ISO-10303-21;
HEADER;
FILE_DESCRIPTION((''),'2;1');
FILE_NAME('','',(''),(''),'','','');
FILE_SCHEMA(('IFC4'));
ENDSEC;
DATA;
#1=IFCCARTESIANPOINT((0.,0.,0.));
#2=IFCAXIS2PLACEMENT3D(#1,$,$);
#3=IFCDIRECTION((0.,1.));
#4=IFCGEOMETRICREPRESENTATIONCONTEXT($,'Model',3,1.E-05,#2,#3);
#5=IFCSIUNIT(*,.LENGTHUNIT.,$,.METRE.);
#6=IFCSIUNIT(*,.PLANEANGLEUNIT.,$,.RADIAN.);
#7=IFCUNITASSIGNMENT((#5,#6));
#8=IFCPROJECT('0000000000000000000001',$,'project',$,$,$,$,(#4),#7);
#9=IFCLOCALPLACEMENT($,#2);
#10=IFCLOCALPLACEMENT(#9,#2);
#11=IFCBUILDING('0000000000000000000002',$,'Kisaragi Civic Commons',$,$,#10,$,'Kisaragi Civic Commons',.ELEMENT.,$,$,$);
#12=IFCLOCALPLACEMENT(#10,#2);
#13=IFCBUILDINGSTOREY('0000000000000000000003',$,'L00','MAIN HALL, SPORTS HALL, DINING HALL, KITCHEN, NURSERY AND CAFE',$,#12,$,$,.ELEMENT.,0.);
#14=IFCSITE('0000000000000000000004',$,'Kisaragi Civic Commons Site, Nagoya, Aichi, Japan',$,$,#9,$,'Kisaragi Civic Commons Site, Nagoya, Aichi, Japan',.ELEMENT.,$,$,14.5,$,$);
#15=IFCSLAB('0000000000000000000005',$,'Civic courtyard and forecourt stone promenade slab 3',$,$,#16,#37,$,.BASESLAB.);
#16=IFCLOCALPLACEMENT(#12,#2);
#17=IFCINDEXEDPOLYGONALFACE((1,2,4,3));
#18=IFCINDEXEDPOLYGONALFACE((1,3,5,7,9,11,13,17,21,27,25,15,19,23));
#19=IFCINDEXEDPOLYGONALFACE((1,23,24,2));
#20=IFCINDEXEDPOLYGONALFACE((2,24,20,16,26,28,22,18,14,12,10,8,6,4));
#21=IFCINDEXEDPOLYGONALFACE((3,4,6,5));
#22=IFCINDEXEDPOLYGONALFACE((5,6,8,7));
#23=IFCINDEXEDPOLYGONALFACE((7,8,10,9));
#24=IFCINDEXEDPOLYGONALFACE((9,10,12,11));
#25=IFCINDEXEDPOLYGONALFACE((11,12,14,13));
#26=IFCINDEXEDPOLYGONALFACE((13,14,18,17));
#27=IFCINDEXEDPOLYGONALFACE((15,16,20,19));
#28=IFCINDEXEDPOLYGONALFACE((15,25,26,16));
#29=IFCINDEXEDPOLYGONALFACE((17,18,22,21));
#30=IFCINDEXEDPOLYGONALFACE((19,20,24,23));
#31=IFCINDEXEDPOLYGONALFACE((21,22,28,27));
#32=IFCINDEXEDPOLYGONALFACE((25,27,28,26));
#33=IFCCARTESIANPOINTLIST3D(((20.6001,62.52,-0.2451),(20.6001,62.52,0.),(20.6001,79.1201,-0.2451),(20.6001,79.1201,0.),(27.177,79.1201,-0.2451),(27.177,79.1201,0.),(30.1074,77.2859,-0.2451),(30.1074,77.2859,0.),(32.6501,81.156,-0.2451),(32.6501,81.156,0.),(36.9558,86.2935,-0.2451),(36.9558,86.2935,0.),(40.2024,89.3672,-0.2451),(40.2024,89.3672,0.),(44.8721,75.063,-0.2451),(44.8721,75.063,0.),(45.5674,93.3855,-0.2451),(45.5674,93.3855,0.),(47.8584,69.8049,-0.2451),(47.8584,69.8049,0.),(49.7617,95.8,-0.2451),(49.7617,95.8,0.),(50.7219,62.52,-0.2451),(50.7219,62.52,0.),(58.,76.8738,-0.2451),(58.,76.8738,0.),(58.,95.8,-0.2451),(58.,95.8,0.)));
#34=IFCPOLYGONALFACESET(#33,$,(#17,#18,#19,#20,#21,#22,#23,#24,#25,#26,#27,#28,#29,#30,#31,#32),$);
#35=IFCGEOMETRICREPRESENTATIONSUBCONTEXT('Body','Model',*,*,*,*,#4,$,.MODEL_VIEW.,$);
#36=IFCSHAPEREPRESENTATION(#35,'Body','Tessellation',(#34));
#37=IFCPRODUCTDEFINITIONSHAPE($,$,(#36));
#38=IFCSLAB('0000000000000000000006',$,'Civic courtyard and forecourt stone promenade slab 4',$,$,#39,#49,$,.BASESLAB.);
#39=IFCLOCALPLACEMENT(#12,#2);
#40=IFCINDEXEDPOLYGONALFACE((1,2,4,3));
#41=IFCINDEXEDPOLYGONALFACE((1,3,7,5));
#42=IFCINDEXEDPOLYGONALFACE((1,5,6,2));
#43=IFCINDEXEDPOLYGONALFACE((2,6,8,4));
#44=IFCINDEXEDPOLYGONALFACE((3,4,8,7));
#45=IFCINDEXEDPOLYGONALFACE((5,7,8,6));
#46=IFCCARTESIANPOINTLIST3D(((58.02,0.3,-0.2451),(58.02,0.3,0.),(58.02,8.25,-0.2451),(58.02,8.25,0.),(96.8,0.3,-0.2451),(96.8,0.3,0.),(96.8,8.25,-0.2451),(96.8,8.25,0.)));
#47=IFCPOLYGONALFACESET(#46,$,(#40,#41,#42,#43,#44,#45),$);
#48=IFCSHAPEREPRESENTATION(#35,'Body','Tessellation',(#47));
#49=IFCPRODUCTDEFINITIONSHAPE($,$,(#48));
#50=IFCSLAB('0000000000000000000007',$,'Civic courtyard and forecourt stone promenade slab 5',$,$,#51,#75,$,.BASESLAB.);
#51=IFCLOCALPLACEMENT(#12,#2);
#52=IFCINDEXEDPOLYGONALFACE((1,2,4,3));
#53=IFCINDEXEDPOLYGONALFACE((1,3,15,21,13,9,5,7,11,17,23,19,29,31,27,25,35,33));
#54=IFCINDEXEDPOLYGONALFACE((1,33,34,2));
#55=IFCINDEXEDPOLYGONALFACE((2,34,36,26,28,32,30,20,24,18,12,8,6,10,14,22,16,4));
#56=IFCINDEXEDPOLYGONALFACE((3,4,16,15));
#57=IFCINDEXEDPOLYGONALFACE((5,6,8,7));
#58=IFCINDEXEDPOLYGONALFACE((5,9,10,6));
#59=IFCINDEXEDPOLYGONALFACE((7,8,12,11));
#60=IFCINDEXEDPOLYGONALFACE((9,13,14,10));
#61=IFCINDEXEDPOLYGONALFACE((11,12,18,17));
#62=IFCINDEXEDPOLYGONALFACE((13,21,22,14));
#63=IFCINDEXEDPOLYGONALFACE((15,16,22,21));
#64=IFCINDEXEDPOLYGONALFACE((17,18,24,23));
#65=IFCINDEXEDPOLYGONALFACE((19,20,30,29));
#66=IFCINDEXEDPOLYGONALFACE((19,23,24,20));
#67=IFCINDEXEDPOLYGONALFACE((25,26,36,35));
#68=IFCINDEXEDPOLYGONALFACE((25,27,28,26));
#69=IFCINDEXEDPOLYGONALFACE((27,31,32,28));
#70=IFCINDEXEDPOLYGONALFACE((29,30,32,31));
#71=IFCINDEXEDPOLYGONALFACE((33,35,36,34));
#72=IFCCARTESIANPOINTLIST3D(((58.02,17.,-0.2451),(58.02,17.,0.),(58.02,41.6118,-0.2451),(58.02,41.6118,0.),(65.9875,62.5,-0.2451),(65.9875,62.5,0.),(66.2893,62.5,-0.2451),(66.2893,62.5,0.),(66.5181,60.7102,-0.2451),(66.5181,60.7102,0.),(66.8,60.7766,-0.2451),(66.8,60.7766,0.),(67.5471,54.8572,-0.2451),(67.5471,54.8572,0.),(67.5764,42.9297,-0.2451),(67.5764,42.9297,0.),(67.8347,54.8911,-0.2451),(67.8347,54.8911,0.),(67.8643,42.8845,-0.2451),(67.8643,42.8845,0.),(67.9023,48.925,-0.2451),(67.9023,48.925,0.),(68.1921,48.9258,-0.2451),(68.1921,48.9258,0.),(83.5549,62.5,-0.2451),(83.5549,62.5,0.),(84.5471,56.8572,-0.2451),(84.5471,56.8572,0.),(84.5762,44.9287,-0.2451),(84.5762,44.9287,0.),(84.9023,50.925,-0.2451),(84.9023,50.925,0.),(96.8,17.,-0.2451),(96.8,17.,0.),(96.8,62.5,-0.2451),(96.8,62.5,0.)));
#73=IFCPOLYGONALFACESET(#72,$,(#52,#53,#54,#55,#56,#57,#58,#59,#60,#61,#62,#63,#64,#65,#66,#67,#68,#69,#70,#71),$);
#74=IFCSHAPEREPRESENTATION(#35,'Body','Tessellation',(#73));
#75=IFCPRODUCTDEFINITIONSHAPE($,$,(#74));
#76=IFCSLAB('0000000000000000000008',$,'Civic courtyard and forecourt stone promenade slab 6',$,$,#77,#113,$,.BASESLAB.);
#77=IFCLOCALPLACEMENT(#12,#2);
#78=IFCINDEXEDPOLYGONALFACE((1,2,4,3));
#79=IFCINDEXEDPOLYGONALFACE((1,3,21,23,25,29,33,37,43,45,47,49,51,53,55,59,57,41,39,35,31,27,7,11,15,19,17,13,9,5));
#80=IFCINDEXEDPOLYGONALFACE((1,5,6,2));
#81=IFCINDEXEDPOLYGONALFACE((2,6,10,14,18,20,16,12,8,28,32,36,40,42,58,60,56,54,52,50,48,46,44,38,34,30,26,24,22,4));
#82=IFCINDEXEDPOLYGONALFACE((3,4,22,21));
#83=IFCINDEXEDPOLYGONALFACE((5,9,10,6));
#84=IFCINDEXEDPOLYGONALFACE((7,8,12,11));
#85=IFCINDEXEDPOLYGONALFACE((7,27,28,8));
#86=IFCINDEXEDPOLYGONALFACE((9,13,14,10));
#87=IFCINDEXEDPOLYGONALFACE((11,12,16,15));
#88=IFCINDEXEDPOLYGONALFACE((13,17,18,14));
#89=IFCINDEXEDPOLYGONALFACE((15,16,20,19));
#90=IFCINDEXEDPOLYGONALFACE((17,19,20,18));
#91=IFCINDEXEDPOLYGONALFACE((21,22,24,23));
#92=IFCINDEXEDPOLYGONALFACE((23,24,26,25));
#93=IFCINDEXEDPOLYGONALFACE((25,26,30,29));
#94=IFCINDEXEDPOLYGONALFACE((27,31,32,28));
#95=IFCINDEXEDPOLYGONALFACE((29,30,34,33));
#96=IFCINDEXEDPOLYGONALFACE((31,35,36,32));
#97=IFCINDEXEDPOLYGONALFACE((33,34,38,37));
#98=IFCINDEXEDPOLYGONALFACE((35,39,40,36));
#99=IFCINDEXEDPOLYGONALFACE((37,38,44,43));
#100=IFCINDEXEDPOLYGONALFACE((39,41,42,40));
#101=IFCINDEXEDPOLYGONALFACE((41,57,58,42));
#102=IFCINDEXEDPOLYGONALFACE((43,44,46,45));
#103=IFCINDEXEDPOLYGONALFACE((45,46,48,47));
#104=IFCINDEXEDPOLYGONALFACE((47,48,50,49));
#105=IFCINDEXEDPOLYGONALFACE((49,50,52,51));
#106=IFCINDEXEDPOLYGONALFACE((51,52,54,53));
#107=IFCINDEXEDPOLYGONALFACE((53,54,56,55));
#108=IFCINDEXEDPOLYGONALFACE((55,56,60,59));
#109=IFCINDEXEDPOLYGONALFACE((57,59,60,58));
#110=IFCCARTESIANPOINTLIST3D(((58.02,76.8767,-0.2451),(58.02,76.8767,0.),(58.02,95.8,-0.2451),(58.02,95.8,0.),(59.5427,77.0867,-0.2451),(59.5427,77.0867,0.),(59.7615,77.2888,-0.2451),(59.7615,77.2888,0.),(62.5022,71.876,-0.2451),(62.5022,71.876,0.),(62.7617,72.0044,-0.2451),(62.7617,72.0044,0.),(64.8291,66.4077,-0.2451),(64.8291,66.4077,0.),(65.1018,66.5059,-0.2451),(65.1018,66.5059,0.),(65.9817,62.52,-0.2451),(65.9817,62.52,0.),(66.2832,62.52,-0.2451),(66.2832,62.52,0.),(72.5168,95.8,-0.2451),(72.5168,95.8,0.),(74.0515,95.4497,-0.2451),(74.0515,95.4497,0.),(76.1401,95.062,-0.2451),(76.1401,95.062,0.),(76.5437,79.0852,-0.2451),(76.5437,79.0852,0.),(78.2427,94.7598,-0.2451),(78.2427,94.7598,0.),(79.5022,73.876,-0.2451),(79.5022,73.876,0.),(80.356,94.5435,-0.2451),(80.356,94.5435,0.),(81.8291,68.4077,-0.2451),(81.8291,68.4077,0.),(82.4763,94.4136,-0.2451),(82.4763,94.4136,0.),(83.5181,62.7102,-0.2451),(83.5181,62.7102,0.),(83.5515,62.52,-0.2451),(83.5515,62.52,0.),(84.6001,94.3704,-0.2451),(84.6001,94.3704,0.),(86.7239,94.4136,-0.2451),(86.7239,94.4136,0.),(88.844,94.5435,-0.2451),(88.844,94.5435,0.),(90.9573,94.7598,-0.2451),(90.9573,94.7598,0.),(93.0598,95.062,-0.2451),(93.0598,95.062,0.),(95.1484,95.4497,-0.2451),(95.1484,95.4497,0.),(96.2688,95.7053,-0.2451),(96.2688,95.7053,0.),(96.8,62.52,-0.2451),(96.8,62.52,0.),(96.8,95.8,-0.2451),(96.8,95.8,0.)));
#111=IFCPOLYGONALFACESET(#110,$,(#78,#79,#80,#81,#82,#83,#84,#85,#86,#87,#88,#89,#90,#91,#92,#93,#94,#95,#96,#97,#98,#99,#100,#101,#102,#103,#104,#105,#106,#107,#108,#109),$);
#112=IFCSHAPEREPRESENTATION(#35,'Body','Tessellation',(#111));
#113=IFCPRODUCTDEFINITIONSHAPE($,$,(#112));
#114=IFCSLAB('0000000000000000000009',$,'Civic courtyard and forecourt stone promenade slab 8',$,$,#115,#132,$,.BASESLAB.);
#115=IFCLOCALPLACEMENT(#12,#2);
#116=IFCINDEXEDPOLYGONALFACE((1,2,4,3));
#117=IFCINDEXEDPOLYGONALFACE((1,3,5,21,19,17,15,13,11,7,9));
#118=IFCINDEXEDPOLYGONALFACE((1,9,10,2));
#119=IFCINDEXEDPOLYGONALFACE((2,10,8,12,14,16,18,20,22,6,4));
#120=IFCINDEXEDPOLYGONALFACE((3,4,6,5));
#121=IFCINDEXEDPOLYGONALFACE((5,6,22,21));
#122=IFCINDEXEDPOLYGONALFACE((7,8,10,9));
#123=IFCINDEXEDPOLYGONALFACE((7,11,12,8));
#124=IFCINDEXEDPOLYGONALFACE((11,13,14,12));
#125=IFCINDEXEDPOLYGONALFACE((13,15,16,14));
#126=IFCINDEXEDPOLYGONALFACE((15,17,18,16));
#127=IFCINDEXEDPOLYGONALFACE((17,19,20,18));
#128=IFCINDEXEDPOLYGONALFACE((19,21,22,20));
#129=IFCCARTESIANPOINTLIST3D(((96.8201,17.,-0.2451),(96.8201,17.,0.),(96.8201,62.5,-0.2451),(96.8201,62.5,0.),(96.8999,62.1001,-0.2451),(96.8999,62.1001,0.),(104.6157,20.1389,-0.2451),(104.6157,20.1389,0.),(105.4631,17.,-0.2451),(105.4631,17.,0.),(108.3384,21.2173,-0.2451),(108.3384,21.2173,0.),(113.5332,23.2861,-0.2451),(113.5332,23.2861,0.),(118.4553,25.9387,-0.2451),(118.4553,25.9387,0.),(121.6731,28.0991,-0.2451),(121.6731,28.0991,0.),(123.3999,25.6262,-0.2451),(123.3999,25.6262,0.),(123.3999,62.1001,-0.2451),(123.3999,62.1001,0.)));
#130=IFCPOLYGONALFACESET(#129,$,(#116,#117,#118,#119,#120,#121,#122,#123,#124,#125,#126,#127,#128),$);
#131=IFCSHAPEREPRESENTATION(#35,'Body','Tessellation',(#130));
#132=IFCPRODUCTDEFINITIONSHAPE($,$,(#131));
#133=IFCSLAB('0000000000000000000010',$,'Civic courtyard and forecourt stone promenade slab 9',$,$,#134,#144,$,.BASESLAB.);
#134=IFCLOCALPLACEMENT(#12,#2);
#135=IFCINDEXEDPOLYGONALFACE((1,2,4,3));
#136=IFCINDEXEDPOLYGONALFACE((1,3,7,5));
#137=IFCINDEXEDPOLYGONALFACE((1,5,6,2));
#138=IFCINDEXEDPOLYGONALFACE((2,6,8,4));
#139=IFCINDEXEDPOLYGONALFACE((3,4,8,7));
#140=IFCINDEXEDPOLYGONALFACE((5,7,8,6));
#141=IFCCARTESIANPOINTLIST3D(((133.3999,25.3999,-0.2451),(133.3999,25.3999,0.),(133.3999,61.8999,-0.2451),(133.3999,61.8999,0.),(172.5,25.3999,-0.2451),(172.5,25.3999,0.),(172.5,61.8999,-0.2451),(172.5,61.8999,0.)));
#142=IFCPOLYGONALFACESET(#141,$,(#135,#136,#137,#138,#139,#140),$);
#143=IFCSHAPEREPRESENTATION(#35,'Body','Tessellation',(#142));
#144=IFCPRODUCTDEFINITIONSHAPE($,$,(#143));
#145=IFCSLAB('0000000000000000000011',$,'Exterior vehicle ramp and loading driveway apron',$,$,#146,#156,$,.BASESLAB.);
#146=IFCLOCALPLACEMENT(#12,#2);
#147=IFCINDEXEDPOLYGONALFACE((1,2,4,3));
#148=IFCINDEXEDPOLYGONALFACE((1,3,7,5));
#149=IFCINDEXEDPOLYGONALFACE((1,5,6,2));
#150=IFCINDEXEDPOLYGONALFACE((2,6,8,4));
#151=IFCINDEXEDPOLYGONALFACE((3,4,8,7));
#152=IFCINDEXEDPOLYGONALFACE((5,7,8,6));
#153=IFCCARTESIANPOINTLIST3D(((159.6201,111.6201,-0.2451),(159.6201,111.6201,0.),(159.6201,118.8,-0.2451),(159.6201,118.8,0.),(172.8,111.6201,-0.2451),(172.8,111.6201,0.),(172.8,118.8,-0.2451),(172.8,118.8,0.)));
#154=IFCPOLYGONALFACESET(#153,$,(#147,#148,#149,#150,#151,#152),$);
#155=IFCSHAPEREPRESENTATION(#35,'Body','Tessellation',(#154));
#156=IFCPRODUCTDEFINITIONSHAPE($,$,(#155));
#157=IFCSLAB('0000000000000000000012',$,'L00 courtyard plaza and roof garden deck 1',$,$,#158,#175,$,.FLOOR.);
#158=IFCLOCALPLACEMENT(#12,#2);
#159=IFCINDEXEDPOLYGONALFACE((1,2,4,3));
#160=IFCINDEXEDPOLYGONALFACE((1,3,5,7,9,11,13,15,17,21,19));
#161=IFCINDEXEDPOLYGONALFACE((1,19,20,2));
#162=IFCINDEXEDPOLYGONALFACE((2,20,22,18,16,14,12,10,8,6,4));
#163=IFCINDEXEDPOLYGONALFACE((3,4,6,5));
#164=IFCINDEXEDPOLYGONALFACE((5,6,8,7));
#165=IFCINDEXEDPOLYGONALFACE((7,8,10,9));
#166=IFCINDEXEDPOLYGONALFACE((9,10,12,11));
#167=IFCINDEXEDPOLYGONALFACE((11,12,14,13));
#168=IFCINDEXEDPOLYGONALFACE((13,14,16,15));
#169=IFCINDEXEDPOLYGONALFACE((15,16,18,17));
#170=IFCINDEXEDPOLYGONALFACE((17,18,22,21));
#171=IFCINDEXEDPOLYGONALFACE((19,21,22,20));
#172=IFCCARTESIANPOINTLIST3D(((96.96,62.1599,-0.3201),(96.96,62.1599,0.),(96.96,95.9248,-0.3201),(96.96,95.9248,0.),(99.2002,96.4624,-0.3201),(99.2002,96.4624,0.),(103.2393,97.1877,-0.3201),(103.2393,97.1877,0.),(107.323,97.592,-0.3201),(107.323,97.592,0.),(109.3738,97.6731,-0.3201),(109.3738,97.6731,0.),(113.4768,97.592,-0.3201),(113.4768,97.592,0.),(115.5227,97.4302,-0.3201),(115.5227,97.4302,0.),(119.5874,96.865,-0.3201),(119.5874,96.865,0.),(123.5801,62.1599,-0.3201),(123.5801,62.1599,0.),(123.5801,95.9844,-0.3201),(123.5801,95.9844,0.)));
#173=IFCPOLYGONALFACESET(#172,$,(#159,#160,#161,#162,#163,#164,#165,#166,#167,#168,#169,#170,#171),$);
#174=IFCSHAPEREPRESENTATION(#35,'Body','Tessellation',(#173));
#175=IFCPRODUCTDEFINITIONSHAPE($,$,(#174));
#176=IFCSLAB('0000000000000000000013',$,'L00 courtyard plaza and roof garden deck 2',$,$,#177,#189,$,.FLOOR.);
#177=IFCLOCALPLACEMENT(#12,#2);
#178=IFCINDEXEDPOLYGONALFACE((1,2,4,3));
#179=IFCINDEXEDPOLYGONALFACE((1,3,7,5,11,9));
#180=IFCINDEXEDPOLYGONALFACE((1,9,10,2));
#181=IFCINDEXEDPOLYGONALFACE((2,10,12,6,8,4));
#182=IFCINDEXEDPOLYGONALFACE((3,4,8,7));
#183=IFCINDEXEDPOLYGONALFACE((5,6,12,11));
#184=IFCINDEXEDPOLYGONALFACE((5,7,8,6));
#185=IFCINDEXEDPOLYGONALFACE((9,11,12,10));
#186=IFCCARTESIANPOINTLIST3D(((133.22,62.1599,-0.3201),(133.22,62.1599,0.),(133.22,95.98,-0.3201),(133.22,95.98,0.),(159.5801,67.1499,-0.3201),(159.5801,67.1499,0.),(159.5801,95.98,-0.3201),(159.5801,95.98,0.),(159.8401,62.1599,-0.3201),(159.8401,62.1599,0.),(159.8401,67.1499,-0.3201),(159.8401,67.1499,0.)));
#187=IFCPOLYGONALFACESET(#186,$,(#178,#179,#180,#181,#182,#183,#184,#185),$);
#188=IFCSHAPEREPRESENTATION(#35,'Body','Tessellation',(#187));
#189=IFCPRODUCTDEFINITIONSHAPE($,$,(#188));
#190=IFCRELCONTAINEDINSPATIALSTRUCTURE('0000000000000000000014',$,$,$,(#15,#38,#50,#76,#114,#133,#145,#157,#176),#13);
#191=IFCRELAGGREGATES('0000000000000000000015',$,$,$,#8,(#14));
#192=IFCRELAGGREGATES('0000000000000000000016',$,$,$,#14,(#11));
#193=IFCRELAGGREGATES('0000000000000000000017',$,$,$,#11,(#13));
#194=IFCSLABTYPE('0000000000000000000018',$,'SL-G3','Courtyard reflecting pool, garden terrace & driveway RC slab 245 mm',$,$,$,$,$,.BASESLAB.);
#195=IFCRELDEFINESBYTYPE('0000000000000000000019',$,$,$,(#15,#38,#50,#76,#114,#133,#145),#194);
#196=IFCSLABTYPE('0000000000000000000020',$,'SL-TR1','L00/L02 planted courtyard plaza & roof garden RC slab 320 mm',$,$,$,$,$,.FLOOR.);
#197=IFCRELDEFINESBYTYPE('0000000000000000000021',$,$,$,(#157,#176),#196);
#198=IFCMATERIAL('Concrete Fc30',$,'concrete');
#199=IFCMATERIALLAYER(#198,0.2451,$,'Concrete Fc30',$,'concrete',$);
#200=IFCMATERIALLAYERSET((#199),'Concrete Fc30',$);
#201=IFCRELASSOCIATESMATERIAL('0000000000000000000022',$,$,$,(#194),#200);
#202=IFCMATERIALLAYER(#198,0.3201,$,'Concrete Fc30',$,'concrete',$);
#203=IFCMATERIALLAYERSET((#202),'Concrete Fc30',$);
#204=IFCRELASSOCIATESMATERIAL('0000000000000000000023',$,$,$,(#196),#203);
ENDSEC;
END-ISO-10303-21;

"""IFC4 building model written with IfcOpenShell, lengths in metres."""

from ifc_helpers import new_model, si_unit, direction, frame, origin, place, context, subcontext, project, spatial, polyline, outline, extrude, material, layer, layer_set, type_object, element, save


model = new_model("IFC4")

# Units and contexts
model_context = context("Model", 3, precision=1e-05, world=origin(), true_north=direction((0.0, 1.0)))
body_context = subcontext(model_context, "Body", "Model", "MODEL_VIEW")
ifc_project = project(units=[si_unit("LENGTHUNIT", "METRE"), si_unit("PLANEANGLEUNIT", "RADIAN")], contexts=[model_context])

# Site, building, storey
site_placement = place(None, origin())
site = spatial("IfcSite", under=ifc_project, at=site_placement, Name="Kisaragi Civic Commons Site, Nagoya, Aichi, Japan", LongName="Kisaragi Civic Commons Site, Nagoya, Aichi, Japan", CompositionType="ELEMENT", RefElevation=14.5)
building_placement = place(site_placement, origin())
building = spatial("IfcBuilding", under=site, at=building_placement, Name="Kisaragi Civic Commons", LongName="Kisaragi Civic Commons", CompositionType="ELEMENT")
storey_placement = place(building_placement, origin())
storey = spatial("IfcBuildingStorey", under=building, at=storey_placement, Name="L00", Description="MAIN HALL, SPORTS HALL, DINING HALL, KITCHEN, NURSERY AND CAFE", CompositionType="ELEMENT", Elevation=0.0)

# Slabs
ifc_material = material(Name="Concrete Fc30", Category="concrete")
ifc_layer_1 = layer(ifc_material, 0.2451, Name="Concrete Fc30", Category="concrete")
ifc_layer_set_1 = layer_set([ifc_layer_1], Name="Concrete Fc30")
slab_type_1 = type_object("IfcSlabType", Name="SL-G3", Description="Courtyard reflecting pool, garden terrace & driveway RC slab 245 mm", PredefinedType="BASESLAB", material=ifc_layer_set_1)
slab_1_placement = place(storey_placement, frame((0.0, 0.0, -0.2451)))
element("IfcSlab", 1, at=slab_1_placement, inside=storey, type_object=slab_type_1, Name="Civic courtyard and forecourt stone promenade slab 3", PredefinedType="BASESLAB", context=body_context, shape_type="SweptSolid", body=[
    extrude(outline(polyline([(20.6001, 79.1201), (20.6001, 62.52), (50.7219, 62.52), (50.7219, 62.52), (47.8584, 69.8049), (44.8721, 75.063), (58.0, 76.8738), (58.0, 95.8), (49.7617, 95.8), (45.5674, 93.3855), (40.2024, 89.3672), (36.9558, 86.2935), (32.6501, 81.156), (30.1074, 77.2859), (27.177, 79.1201), (20.6001, 79.1201)])), origin(), (0.0, 0.0, 1.0), 0.2451),
])
slab_2_placement = place(storey_placement, frame((0.0, 0.0, -0.2451)))
element("IfcSlab", 2, at=slab_2_placement, inside=storey, type_object=slab_type_1, Name="Civic courtyard and forecourt stone promenade slab 4", PredefinedType="BASESLAB", context=body_context, shape_type="SweptSolid", body=[
    extrude(outline(polyline([(96.8, 8.25), (58.02, 8.25), (58.02, 0.3), (96.8, 0.3), (96.8, 8.25)])), origin(), (0.0, 0.0, 1.0), 0.2451),
])
slab_3_placement = place(storey_placement, frame((0.0, 0.0, -0.2451)))
element("IfcSlab", 3, at=slab_3_placement, inside=storey, type_object=slab_type_1, Name="Civic courtyard and forecourt stone promenade slab 5", PredefinedType="BASESLAB", context=body_context, shape_type="SweptSolid", body=[
    extrude(outline(polyline([(58.02, 17.0), (96.8, 17.0), (96.8, 62.5), (83.5549, 62.5), (84.5471, 56.8572), (84.9023, 50.925), (84.5762, 44.9287), (67.8643, 42.8845), (68.1921, 48.9258), (67.8347, 54.8911), (66.8, 60.7766), (66.2893, 62.5), (65.9875, 62.5), (66.5181, 60.7102), (67.5471, 54.8572), (67.9023, 48.925), (67.5764, 42.9297), (58.02, 41.6118), (58.02, 17.0)])), origin(), (0.0, 0.0, 1.0), 0.2451),
])
slab_4_placement = place(storey_placement, frame((0.0, 0.0, -0.2451)))
element("IfcSlab", 4, at=slab_4_placement, inside=storey, type_object=slab_type_1, Name="Civic courtyard and forecourt stone promenade slab 6", PredefinedType="BASESLAB", context=body_context, shape_type="SweptSolid", body=[
    extrude(outline(polyline([(72.5168, 95.8), (58.02, 95.8), (58.02, 76.8767), (59.5427, 77.0867), (62.5022, 71.876), (64.8291, 66.4077), (65.9817, 62.52), (66.2832, 62.52), (65.1018, 66.5059), (62.7617, 72.0044), (59.7615, 77.2888), (76.5437, 79.0852), (79.5022, 73.876), (81.8291, 68.4077), (83.5181, 62.7102), (83.5515, 62.52), (96.8, 62.52), (96.8, 95.8), (96.2688, 95.7053), (95.1484, 95.4497), (93.0598, 95.062), (90.9573, 94.7598), (88.844, 94.5435), (86.7239, 94.4136), (84.6001, 94.3704), (82.4763, 94.4136), (80.356, 94.5435), (78.2427, 94.7598), (76.1401, 95.062), (74.0515, 95.4497), (72.5168, 95.8), (72.5168, 95.8)])), origin(), (0.0, 0.0, 1.0), 0.2451),
])
slab_5_placement = place(storey_placement, frame((0.0, 0.0, -0.2451)))
element("IfcSlab", 5, at=slab_5_placement, inside=storey, type_object=slab_type_1, Name="Civic courtyard and forecourt stone promenade slab 8", PredefinedType="BASESLAB", context=body_context, shape_type="SweptSolid", body=[
    extrude(outline(polyline([(96.8999, 62.1001), (96.8201, 62.5), (96.8201, 17.0), (105.4631, 17.0), (104.6157, 20.1389), (108.3384, 21.2173), (113.5332, 23.2861), (118.4553, 25.9387), (121.6731, 28.0991), (123.3999, 25.6262), (123.3999, 62.1001), (96.8999, 62.1001)])), origin(), (0.0, 0.0, 1.0), 0.2451),
])
slab_6_placement = place(storey_placement, frame((0.0, 0.0, -0.2451)))
element("IfcSlab", 6, at=slab_6_placement, inside=storey, type_object=slab_type_1, Name="Civic courtyard and forecourt stone promenade slab 9", PredefinedType="BASESLAB", context=body_context, shape_type="SweptSolid", body=[
    extrude(outline(polyline([(172.5, 25.3999), (172.5, 61.8999), (133.3999, 61.8999), (133.3999, 25.3999), (172.5, 25.3999)])), origin(), (0.0, 0.0, 1.0), 0.2451),
])
slab_7_placement = place(storey_placement, frame((0.0, 0.0, -0.2451)))
element("IfcSlab", 7, at=slab_7_placement, inside=storey, type_object=slab_type_1, Name="Exterior vehicle ramp and loading driveway apron", PredefinedType="BASESLAB", context=body_context, shape_type="SweptSolid", body=[
    extrude(outline(polyline([(159.6201, 111.6201), (172.8, 111.6201), (172.8, 118.8), (159.6201, 118.8), (159.6201, 111.6201)])), origin(), (0.0, 0.0, 1.0), 0.2451),
])
ifc_layer_2 = layer(ifc_material, 0.3201, Name="Concrete Fc30", Category="concrete")
ifc_layer_set_2 = layer_set([ifc_layer_2], Name="Concrete Fc30")
slab_type_2 = type_object("IfcSlabType", Name="SL-TR1", Description="L00/L02 planted courtyard plaza & roof garden RC slab 320 mm", PredefinedType="FLOOR", material=ifc_layer_set_2)
slab_8_placement = place(storey_placement, frame((0.0, 0.0, -0.3201)))
element("IfcSlab", 8, at=slab_8_placement, inside=storey, type_object=slab_type_2, Name="L00 courtyard plaza and roof garden deck 1", PredefinedType="FLOOR", context=body_context, shape_type="SweptSolid", body=[
    extrude(outline(polyline([(96.96, 62.1599), (123.5801, 62.1599), (123.5801, 95.9844), (119.5874, 96.865), (115.5227, 97.4302), (113.4768, 97.592), (109.3738, 97.6731), (107.323, 97.592), (103.2393, 97.1877), (99.2002, 96.4624), (96.96, 95.9248), (96.96, 62.1599)])), origin(), (0.0, 0.0, 1.0), 0.3201),
])
slab_9_placement = place(storey_placement, frame((0.0, 0.0, -0.3201)))
element("IfcSlab", 9, at=slab_9_placement, inside=storey, type_object=slab_type_2, Name="L00 courtyard plaza and roof garden deck 2", PredefinedType="FLOOR", context=body_context, shape_type="SweptSolid", body=[
    extrude(outline(polyline([(159.8401, 67.1499), (159.5801, 67.1499), (159.5801, 95.98), (133.22, 95.98), (133.22, 62.1599), (159.8401, 62.1599), (159.8401, 67.1499)])), origin(), (0.0, 0.0, 1.0), 0.3201),
])

save(model, "model.ifc")
